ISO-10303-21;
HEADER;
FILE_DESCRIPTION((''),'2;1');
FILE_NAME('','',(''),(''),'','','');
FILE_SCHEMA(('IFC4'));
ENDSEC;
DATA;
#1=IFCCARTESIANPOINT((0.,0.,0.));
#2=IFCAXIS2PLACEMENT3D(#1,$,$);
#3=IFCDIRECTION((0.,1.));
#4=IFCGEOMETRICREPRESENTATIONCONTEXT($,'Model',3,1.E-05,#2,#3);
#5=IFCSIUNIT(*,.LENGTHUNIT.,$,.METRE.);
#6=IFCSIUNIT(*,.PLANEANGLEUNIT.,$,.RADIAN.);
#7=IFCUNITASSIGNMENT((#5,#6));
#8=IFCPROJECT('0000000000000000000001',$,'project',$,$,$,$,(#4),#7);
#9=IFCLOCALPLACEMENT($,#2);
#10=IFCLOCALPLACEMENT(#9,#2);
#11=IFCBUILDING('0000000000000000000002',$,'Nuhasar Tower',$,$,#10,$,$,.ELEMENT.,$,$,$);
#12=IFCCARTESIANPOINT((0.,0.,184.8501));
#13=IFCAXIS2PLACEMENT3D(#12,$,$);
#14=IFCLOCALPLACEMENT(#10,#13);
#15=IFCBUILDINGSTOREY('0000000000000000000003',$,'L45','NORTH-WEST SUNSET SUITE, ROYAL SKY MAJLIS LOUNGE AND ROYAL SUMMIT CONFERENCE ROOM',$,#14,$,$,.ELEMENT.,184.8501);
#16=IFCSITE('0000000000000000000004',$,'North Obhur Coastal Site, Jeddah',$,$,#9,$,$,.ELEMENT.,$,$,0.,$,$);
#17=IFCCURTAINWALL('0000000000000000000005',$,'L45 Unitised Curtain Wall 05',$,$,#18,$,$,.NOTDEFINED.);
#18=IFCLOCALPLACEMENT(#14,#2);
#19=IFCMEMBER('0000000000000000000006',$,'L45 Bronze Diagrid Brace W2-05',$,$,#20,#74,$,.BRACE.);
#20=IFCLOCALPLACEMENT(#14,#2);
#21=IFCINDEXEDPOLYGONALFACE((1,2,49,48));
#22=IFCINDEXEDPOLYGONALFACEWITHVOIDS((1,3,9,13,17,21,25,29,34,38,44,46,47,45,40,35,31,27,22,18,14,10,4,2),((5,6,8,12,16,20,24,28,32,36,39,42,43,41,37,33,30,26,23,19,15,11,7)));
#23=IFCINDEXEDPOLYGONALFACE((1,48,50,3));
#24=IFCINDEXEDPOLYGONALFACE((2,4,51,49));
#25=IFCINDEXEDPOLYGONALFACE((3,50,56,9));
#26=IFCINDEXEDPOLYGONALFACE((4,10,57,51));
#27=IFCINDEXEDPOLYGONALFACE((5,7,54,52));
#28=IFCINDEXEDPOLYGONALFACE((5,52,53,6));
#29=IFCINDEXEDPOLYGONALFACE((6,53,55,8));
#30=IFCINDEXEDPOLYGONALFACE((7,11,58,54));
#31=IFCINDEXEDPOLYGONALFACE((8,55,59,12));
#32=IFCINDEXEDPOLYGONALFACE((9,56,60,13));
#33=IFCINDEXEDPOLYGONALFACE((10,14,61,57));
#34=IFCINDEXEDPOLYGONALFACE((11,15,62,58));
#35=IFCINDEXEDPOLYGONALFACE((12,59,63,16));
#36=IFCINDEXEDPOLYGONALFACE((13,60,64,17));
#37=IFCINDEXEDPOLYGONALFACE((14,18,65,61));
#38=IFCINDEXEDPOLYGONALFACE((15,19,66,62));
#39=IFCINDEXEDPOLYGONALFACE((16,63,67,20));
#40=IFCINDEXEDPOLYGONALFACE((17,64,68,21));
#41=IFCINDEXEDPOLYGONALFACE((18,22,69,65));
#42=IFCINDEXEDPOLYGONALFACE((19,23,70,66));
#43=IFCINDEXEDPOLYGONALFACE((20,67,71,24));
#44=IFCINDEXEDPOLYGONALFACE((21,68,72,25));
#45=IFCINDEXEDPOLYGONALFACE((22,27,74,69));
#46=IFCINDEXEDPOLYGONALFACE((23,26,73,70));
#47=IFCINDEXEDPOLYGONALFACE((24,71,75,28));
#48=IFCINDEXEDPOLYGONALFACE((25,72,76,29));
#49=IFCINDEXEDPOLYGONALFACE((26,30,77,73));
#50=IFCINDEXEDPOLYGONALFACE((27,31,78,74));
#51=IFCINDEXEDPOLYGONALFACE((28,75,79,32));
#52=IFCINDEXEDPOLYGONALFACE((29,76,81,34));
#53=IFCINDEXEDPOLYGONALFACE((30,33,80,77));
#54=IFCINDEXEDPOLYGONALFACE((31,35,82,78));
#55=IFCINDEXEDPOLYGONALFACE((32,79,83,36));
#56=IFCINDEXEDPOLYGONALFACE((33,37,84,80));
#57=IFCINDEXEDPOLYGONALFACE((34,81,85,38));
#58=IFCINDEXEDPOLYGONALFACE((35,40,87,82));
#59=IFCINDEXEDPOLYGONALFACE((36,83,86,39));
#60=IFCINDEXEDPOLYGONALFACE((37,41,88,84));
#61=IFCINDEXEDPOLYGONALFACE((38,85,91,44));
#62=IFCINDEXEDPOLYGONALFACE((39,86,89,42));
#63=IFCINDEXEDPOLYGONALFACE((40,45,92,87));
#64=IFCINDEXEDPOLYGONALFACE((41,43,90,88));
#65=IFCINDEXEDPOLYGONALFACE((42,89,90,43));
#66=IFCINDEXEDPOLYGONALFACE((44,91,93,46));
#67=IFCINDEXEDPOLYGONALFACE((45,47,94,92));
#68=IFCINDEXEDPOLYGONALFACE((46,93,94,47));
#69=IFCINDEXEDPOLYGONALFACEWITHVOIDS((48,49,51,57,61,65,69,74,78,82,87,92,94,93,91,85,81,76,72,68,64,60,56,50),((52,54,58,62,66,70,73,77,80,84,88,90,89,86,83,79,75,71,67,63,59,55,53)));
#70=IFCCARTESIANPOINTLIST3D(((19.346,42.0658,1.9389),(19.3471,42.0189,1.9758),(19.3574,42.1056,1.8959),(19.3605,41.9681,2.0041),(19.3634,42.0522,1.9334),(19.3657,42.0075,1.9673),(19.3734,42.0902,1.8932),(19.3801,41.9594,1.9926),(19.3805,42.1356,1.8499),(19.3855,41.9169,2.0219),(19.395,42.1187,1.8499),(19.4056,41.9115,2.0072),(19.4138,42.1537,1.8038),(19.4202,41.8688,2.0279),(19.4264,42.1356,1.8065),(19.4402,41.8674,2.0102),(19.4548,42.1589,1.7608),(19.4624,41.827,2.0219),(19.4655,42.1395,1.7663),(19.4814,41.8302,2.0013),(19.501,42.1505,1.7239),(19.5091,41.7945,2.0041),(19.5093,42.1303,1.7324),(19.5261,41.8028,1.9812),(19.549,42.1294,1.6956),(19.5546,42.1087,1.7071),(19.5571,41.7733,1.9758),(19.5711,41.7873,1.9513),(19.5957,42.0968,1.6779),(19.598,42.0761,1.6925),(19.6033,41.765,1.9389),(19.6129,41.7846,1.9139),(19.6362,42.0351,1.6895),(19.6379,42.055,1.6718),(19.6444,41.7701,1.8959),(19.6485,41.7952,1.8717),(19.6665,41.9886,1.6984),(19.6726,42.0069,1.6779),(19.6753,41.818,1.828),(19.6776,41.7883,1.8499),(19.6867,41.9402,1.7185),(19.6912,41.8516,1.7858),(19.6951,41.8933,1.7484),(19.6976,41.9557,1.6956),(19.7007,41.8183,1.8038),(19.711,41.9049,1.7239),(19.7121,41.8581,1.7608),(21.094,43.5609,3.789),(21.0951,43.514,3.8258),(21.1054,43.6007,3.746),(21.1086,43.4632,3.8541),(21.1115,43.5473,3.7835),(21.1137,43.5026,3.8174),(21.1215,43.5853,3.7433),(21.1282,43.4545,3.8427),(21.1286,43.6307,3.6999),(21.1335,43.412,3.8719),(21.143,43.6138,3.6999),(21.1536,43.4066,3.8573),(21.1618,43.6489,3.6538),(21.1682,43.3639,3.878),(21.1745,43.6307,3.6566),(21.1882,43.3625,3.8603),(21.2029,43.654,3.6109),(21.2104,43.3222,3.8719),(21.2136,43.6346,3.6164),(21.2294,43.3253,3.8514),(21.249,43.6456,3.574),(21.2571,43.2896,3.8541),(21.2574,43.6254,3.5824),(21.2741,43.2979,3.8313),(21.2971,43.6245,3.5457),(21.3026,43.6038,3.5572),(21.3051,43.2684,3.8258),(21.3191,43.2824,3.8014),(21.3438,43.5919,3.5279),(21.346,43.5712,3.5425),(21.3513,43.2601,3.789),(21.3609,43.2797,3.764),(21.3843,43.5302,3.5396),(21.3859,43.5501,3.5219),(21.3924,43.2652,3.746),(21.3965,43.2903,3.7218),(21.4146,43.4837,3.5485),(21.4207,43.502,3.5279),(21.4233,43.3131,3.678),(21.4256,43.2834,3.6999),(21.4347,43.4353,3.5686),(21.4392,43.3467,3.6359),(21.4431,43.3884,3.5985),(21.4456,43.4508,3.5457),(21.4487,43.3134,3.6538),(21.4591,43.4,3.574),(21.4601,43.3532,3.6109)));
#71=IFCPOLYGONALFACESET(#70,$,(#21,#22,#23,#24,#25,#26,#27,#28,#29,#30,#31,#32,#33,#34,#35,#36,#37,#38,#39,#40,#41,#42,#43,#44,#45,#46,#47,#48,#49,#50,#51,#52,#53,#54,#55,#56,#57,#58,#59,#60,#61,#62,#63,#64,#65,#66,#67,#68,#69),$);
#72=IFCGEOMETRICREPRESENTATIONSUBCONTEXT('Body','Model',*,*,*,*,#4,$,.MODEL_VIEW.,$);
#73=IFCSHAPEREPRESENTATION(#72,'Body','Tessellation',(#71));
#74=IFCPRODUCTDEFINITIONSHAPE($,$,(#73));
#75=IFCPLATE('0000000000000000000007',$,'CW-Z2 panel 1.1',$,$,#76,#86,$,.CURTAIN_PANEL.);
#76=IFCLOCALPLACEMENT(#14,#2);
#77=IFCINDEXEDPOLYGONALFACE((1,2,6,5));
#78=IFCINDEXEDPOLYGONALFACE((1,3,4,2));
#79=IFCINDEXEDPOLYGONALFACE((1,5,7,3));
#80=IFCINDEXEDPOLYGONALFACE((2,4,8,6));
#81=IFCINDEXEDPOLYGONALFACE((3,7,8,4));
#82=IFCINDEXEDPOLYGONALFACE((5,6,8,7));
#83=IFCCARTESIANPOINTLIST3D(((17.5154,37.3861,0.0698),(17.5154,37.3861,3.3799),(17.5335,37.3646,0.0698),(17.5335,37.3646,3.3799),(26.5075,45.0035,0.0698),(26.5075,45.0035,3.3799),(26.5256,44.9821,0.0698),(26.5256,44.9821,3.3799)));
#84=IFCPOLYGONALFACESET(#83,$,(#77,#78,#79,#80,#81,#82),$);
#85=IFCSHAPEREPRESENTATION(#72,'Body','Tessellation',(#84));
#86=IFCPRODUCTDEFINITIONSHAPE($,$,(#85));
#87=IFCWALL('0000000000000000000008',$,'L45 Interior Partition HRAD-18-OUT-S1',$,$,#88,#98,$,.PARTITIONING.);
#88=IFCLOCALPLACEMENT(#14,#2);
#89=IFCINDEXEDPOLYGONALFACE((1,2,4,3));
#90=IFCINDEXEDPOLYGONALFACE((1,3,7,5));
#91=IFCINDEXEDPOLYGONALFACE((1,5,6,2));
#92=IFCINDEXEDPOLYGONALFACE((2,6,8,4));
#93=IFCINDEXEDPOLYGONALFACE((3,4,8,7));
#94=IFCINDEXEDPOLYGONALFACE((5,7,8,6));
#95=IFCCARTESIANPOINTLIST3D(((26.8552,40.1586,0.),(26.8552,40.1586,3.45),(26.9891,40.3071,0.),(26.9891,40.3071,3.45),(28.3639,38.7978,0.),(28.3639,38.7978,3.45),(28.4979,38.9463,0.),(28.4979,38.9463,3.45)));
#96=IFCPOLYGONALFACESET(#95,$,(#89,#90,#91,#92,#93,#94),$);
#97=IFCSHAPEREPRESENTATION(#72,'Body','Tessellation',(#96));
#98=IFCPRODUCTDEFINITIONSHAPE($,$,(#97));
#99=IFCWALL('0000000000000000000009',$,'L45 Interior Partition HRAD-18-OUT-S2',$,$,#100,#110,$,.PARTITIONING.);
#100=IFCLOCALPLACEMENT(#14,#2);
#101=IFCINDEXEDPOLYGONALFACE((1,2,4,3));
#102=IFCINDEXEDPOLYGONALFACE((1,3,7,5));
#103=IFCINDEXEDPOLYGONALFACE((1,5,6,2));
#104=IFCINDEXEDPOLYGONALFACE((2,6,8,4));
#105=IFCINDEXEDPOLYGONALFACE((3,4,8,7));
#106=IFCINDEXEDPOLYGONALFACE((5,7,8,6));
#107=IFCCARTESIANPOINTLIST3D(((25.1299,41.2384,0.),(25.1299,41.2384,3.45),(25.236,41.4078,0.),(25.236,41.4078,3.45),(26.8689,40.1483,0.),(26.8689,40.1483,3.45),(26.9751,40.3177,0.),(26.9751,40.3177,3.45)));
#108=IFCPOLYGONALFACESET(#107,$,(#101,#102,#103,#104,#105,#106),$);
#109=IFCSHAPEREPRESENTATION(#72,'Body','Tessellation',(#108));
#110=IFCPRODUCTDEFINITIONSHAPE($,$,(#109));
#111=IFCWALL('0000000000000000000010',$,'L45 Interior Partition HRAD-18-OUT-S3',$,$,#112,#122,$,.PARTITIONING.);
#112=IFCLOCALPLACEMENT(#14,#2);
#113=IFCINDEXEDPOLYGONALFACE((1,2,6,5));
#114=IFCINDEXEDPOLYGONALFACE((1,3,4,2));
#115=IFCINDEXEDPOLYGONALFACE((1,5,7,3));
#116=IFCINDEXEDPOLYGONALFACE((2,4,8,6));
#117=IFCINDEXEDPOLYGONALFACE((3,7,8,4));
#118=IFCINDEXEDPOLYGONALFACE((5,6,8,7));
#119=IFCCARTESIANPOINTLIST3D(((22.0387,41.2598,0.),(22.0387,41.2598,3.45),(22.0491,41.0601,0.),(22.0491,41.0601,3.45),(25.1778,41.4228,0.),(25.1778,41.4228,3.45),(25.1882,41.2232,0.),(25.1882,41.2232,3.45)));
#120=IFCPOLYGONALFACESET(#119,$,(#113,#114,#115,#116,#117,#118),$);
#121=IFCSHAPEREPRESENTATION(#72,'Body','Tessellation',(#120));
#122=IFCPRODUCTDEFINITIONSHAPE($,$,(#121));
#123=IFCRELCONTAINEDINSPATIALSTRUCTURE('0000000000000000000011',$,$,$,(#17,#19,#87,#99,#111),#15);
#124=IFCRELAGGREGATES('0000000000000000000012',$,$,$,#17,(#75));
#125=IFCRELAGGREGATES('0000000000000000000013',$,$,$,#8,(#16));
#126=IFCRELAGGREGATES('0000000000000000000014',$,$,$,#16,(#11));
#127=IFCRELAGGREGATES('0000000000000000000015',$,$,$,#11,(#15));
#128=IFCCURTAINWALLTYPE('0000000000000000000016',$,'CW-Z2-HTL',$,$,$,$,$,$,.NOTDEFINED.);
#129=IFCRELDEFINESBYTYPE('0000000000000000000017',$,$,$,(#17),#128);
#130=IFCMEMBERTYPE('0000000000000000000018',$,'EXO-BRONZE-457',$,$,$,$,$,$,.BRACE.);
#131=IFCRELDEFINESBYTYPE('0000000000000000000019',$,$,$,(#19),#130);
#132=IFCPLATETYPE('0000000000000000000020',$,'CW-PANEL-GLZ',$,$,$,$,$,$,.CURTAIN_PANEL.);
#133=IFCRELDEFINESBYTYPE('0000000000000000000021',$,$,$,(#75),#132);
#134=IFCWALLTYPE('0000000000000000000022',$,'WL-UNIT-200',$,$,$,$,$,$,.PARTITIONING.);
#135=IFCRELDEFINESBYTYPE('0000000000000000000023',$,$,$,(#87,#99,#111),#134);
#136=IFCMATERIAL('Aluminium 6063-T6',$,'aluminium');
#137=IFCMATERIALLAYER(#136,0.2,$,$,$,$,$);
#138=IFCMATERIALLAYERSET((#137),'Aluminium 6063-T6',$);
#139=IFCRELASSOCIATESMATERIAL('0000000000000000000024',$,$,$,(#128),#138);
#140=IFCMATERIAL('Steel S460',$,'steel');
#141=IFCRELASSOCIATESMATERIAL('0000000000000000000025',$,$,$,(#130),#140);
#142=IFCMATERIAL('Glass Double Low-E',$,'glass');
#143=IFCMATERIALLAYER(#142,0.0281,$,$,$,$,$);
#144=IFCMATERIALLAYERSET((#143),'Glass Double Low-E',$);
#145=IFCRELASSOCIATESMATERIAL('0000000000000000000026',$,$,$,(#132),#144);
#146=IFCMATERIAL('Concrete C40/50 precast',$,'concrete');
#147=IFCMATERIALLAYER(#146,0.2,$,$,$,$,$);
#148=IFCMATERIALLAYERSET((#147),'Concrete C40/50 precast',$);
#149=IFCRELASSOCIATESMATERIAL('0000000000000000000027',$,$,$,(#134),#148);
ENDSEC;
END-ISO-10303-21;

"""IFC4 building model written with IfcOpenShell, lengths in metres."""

from ifc_helpers import new_model, si_unit, direction, frame, frame_2d, origin, origin_2d, place, context, subcontext, project, spatial, rectangle, hollow_circle, extrude, material, layer, layer_set, material_profile, profile_set, type_object, element, aggregate, save


model = new_model("IFC4")

# Units and contexts
model_context = context("Model", 3, precision=1e-05, world=origin(), true_north=direction((0.0, 1.0)))
body_context = subcontext(model_context, "Body", "Model", "MODEL_VIEW")
ifc_project = project(units=[si_unit("LENGTHUNIT", "METRE"), si_unit("PLANEANGLEUNIT", "RADIAN")], contexts=[model_context])

# Site, building, storey
site_placement = place(None, origin())
site = spatial("IfcSite", under=ifc_project, at=site_placement, Name="North Obhur Coastal Site, Jeddah", CompositionType="ELEMENT", RefElevation=0.0)
building_placement = place(site_placement, origin())
building = spatial("IfcBuilding", under=site, at=building_placement, Name="Nuhasar Tower", CompositionType="ELEMENT")
storey_placement = place(building_placement, frame((0.0, 0.0, 184.8501)))
storey = spatial("IfcBuildingStorey", under=building, at=storey_placement, Name="L45", Description="NORTH-WEST SUNSET SUITE, ROYAL SKY MAJLIS LOUNGE AND ROYAL SUMMIT CONFERENCE ROOM", CompositionType="ELEMENT", Elevation=184.8501)

# Shared definitions
ifc_material_1 = material(Name="Aluminium 6063-T6", Category="aluminium")
ifc_layer_1 = layer(ifc_material_1, 0.2)
ifc_layer_set_1 = layer_set([ifc_layer_1], Name="Aluminium 6063-T6")
curtain_wall_type = type_object("IfcCurtainWallType", Name="CW-Z2-HTL", PredefinedType="NOTDEFINED", material=ifc_layer_set_1)

# Curtain wall
curtain_wall_1_placement = place(storey_placement, origin())
curtain_wall_1 = element("IfcCurtainWall", 1, at=curtain_wall_1_placement, inside=storey, type_object=curtain_wall_type, Name="L45 Unitised Curtain Wall 05", PredefinedType="NOTDEFINED")

# Member
ifc_material_2 = material(Name="Steel S460", Category="steel")
ifc_material_profile_1 = material_profile(ifc_material_2, hollow_circle(Radius=0.2285, WallThickness=0.0222, at=origin_2d()), Name="HSS457X22.2")
ifc_profile_set_1 = profile_set([ifc_material_profile_1], Name="Steel S460")
member_type_1 = type_object("IfcMemberType", Name="EXO-BRONZE-457", PredefinedType="BRACE", material=ifc_profile_set_1)
member_1_placement = place(storey_placement, frame((19.5291, 41.9619, 1.8499), z_axis=(0.59217, 0.506488, 0.626741), x_axis=(-0.649987, 0.759945, 0.0)))
element("IfcMember", 2, at=member_1_placement, inside=storey, type_object=member_type_1, Name="L45 Bronze Diagrid Brace W2-05", PredefinedType="BRACE", context=body_context, shape_type="SweptSolid", body=[
    extrude(hollow_circle(Radius=0.2285, WallThickness=0.0222, at=origin_2d()), origin(), (0.0, 0.0, 1.0), 2.9519),
])

# Plate
ifc_material_3 = material(Name="Glass Double Low-E", Category="glass")
ifc_layer_2 = layer(ifc_material_3, 0.0281)
ifc_layer_set_2 = layer_set([ifc_layer_2], Name="Glass Double Low-E")
plate_type = type_object("IfcPlateType", Name="CW-PANEL-GLZ", PredefinedType="CURTAIN_PANEL", material=ifc_layer_set_2)
plate_placement = place(storey_placement, frame((22.0205, 41.1841, 0.0698), z_axis=(0.0, 0.0, 1.0), x_axis=(-0.76302, -0.646374, 0.0)))
plate = element("IfcPlate", 3, at=plate_placement, type_object=plate_type, Name="CW-Z2 panel 1.1", PredefinedType="CURTAIN_PANEL", context=body_context, shape_type="SweptSolid", body=[
    extrude(rectangle(XDim=11.7849, YDim=0.0281, at=origin_2d()), origin(), (0.0, 0.0, 1.0), 3.3101),
])
aggregate(curtain_wall_1, [plate])

# Walls
ifc_material_4 = material(Name="Concrete C40/50 precast", Category="concrete")
ifc_layer_3 = layer(ifc_material_4, 0.2)
ifc_layer_set_3 = layer_set([ifc_layer_3], Name="Concrete C40/50 precast")
wall_type = type_object("IfcWallType", Name="WL-UNIT-200", PredefinedType="PARTITIONING", material=ifc_layer_set_3)
wall_1_placement = place(storey_placement, frame((28.4309, 38.8721, 0.0), z_axis=(0.0, 0.0, 1.0), x_axis=(-0.742577, 0.669761, 0.0)))
element("IfcWall", 4, at=wall_1_placement, inside=storey, type_object=wall_type, Name="L45 Interior Partition HRAD-18-OUT-S1", PredefinedType="PARTITIONING", context=body_context, shape_type="SweptSolid", body=[
    extrude(rectangle(XDim=2.0317, YDim=0.2, at=frame_2d((1.0159, 0.0))), origin(), (0.0, 0.0, 1.0), 3.45),
])
wall_2_placement = place(storey_placement, frame((26.9221, 40.2329, 0.0), z_axis=(0.0, 0.0, 1.0), x_axis=(-0.847296, 0.531121, 0.0)))
element("IfcWall", 5, at=wall_2_placement, inside=storey, type_object=wall_type, Name="L45 Interior Partition HRAD-18-OUT-S2", PredefinedType="PARTITIONING", context=body_context, shape_type="SweptSolid", body=[
    extrude(rectangle(XDim=2.0525, YDim=0.2, at=frame_2d((1.0264, 0.0))), origin(), (0.0, 0.0, 1.0), 3.45),
])
wall_3_placement = place(storey_placement, frame((25.1831, 41.323, 0.0), z_axis=(0.0, 0.0, 1.0), x_axis=(-0.998653, -0.051882, 0.0)))
element("IfcWall", 6, at=wall_3_placement, inside=storey, type_object=wall_type, Name="L45 Interior Partition HRAD-18-OUT-S3", PredefinedType="PARTITIONING", context=body_context, shape_type="SweptSolid", body=[
    extrude(rectangle(XDim=3.1433, YDim=0.2, at=frame_2d((1.5718, 0.0))), origin(), (0.0, 0.0, 1.0), 3.45),
])

save(model, "model.ifc")
